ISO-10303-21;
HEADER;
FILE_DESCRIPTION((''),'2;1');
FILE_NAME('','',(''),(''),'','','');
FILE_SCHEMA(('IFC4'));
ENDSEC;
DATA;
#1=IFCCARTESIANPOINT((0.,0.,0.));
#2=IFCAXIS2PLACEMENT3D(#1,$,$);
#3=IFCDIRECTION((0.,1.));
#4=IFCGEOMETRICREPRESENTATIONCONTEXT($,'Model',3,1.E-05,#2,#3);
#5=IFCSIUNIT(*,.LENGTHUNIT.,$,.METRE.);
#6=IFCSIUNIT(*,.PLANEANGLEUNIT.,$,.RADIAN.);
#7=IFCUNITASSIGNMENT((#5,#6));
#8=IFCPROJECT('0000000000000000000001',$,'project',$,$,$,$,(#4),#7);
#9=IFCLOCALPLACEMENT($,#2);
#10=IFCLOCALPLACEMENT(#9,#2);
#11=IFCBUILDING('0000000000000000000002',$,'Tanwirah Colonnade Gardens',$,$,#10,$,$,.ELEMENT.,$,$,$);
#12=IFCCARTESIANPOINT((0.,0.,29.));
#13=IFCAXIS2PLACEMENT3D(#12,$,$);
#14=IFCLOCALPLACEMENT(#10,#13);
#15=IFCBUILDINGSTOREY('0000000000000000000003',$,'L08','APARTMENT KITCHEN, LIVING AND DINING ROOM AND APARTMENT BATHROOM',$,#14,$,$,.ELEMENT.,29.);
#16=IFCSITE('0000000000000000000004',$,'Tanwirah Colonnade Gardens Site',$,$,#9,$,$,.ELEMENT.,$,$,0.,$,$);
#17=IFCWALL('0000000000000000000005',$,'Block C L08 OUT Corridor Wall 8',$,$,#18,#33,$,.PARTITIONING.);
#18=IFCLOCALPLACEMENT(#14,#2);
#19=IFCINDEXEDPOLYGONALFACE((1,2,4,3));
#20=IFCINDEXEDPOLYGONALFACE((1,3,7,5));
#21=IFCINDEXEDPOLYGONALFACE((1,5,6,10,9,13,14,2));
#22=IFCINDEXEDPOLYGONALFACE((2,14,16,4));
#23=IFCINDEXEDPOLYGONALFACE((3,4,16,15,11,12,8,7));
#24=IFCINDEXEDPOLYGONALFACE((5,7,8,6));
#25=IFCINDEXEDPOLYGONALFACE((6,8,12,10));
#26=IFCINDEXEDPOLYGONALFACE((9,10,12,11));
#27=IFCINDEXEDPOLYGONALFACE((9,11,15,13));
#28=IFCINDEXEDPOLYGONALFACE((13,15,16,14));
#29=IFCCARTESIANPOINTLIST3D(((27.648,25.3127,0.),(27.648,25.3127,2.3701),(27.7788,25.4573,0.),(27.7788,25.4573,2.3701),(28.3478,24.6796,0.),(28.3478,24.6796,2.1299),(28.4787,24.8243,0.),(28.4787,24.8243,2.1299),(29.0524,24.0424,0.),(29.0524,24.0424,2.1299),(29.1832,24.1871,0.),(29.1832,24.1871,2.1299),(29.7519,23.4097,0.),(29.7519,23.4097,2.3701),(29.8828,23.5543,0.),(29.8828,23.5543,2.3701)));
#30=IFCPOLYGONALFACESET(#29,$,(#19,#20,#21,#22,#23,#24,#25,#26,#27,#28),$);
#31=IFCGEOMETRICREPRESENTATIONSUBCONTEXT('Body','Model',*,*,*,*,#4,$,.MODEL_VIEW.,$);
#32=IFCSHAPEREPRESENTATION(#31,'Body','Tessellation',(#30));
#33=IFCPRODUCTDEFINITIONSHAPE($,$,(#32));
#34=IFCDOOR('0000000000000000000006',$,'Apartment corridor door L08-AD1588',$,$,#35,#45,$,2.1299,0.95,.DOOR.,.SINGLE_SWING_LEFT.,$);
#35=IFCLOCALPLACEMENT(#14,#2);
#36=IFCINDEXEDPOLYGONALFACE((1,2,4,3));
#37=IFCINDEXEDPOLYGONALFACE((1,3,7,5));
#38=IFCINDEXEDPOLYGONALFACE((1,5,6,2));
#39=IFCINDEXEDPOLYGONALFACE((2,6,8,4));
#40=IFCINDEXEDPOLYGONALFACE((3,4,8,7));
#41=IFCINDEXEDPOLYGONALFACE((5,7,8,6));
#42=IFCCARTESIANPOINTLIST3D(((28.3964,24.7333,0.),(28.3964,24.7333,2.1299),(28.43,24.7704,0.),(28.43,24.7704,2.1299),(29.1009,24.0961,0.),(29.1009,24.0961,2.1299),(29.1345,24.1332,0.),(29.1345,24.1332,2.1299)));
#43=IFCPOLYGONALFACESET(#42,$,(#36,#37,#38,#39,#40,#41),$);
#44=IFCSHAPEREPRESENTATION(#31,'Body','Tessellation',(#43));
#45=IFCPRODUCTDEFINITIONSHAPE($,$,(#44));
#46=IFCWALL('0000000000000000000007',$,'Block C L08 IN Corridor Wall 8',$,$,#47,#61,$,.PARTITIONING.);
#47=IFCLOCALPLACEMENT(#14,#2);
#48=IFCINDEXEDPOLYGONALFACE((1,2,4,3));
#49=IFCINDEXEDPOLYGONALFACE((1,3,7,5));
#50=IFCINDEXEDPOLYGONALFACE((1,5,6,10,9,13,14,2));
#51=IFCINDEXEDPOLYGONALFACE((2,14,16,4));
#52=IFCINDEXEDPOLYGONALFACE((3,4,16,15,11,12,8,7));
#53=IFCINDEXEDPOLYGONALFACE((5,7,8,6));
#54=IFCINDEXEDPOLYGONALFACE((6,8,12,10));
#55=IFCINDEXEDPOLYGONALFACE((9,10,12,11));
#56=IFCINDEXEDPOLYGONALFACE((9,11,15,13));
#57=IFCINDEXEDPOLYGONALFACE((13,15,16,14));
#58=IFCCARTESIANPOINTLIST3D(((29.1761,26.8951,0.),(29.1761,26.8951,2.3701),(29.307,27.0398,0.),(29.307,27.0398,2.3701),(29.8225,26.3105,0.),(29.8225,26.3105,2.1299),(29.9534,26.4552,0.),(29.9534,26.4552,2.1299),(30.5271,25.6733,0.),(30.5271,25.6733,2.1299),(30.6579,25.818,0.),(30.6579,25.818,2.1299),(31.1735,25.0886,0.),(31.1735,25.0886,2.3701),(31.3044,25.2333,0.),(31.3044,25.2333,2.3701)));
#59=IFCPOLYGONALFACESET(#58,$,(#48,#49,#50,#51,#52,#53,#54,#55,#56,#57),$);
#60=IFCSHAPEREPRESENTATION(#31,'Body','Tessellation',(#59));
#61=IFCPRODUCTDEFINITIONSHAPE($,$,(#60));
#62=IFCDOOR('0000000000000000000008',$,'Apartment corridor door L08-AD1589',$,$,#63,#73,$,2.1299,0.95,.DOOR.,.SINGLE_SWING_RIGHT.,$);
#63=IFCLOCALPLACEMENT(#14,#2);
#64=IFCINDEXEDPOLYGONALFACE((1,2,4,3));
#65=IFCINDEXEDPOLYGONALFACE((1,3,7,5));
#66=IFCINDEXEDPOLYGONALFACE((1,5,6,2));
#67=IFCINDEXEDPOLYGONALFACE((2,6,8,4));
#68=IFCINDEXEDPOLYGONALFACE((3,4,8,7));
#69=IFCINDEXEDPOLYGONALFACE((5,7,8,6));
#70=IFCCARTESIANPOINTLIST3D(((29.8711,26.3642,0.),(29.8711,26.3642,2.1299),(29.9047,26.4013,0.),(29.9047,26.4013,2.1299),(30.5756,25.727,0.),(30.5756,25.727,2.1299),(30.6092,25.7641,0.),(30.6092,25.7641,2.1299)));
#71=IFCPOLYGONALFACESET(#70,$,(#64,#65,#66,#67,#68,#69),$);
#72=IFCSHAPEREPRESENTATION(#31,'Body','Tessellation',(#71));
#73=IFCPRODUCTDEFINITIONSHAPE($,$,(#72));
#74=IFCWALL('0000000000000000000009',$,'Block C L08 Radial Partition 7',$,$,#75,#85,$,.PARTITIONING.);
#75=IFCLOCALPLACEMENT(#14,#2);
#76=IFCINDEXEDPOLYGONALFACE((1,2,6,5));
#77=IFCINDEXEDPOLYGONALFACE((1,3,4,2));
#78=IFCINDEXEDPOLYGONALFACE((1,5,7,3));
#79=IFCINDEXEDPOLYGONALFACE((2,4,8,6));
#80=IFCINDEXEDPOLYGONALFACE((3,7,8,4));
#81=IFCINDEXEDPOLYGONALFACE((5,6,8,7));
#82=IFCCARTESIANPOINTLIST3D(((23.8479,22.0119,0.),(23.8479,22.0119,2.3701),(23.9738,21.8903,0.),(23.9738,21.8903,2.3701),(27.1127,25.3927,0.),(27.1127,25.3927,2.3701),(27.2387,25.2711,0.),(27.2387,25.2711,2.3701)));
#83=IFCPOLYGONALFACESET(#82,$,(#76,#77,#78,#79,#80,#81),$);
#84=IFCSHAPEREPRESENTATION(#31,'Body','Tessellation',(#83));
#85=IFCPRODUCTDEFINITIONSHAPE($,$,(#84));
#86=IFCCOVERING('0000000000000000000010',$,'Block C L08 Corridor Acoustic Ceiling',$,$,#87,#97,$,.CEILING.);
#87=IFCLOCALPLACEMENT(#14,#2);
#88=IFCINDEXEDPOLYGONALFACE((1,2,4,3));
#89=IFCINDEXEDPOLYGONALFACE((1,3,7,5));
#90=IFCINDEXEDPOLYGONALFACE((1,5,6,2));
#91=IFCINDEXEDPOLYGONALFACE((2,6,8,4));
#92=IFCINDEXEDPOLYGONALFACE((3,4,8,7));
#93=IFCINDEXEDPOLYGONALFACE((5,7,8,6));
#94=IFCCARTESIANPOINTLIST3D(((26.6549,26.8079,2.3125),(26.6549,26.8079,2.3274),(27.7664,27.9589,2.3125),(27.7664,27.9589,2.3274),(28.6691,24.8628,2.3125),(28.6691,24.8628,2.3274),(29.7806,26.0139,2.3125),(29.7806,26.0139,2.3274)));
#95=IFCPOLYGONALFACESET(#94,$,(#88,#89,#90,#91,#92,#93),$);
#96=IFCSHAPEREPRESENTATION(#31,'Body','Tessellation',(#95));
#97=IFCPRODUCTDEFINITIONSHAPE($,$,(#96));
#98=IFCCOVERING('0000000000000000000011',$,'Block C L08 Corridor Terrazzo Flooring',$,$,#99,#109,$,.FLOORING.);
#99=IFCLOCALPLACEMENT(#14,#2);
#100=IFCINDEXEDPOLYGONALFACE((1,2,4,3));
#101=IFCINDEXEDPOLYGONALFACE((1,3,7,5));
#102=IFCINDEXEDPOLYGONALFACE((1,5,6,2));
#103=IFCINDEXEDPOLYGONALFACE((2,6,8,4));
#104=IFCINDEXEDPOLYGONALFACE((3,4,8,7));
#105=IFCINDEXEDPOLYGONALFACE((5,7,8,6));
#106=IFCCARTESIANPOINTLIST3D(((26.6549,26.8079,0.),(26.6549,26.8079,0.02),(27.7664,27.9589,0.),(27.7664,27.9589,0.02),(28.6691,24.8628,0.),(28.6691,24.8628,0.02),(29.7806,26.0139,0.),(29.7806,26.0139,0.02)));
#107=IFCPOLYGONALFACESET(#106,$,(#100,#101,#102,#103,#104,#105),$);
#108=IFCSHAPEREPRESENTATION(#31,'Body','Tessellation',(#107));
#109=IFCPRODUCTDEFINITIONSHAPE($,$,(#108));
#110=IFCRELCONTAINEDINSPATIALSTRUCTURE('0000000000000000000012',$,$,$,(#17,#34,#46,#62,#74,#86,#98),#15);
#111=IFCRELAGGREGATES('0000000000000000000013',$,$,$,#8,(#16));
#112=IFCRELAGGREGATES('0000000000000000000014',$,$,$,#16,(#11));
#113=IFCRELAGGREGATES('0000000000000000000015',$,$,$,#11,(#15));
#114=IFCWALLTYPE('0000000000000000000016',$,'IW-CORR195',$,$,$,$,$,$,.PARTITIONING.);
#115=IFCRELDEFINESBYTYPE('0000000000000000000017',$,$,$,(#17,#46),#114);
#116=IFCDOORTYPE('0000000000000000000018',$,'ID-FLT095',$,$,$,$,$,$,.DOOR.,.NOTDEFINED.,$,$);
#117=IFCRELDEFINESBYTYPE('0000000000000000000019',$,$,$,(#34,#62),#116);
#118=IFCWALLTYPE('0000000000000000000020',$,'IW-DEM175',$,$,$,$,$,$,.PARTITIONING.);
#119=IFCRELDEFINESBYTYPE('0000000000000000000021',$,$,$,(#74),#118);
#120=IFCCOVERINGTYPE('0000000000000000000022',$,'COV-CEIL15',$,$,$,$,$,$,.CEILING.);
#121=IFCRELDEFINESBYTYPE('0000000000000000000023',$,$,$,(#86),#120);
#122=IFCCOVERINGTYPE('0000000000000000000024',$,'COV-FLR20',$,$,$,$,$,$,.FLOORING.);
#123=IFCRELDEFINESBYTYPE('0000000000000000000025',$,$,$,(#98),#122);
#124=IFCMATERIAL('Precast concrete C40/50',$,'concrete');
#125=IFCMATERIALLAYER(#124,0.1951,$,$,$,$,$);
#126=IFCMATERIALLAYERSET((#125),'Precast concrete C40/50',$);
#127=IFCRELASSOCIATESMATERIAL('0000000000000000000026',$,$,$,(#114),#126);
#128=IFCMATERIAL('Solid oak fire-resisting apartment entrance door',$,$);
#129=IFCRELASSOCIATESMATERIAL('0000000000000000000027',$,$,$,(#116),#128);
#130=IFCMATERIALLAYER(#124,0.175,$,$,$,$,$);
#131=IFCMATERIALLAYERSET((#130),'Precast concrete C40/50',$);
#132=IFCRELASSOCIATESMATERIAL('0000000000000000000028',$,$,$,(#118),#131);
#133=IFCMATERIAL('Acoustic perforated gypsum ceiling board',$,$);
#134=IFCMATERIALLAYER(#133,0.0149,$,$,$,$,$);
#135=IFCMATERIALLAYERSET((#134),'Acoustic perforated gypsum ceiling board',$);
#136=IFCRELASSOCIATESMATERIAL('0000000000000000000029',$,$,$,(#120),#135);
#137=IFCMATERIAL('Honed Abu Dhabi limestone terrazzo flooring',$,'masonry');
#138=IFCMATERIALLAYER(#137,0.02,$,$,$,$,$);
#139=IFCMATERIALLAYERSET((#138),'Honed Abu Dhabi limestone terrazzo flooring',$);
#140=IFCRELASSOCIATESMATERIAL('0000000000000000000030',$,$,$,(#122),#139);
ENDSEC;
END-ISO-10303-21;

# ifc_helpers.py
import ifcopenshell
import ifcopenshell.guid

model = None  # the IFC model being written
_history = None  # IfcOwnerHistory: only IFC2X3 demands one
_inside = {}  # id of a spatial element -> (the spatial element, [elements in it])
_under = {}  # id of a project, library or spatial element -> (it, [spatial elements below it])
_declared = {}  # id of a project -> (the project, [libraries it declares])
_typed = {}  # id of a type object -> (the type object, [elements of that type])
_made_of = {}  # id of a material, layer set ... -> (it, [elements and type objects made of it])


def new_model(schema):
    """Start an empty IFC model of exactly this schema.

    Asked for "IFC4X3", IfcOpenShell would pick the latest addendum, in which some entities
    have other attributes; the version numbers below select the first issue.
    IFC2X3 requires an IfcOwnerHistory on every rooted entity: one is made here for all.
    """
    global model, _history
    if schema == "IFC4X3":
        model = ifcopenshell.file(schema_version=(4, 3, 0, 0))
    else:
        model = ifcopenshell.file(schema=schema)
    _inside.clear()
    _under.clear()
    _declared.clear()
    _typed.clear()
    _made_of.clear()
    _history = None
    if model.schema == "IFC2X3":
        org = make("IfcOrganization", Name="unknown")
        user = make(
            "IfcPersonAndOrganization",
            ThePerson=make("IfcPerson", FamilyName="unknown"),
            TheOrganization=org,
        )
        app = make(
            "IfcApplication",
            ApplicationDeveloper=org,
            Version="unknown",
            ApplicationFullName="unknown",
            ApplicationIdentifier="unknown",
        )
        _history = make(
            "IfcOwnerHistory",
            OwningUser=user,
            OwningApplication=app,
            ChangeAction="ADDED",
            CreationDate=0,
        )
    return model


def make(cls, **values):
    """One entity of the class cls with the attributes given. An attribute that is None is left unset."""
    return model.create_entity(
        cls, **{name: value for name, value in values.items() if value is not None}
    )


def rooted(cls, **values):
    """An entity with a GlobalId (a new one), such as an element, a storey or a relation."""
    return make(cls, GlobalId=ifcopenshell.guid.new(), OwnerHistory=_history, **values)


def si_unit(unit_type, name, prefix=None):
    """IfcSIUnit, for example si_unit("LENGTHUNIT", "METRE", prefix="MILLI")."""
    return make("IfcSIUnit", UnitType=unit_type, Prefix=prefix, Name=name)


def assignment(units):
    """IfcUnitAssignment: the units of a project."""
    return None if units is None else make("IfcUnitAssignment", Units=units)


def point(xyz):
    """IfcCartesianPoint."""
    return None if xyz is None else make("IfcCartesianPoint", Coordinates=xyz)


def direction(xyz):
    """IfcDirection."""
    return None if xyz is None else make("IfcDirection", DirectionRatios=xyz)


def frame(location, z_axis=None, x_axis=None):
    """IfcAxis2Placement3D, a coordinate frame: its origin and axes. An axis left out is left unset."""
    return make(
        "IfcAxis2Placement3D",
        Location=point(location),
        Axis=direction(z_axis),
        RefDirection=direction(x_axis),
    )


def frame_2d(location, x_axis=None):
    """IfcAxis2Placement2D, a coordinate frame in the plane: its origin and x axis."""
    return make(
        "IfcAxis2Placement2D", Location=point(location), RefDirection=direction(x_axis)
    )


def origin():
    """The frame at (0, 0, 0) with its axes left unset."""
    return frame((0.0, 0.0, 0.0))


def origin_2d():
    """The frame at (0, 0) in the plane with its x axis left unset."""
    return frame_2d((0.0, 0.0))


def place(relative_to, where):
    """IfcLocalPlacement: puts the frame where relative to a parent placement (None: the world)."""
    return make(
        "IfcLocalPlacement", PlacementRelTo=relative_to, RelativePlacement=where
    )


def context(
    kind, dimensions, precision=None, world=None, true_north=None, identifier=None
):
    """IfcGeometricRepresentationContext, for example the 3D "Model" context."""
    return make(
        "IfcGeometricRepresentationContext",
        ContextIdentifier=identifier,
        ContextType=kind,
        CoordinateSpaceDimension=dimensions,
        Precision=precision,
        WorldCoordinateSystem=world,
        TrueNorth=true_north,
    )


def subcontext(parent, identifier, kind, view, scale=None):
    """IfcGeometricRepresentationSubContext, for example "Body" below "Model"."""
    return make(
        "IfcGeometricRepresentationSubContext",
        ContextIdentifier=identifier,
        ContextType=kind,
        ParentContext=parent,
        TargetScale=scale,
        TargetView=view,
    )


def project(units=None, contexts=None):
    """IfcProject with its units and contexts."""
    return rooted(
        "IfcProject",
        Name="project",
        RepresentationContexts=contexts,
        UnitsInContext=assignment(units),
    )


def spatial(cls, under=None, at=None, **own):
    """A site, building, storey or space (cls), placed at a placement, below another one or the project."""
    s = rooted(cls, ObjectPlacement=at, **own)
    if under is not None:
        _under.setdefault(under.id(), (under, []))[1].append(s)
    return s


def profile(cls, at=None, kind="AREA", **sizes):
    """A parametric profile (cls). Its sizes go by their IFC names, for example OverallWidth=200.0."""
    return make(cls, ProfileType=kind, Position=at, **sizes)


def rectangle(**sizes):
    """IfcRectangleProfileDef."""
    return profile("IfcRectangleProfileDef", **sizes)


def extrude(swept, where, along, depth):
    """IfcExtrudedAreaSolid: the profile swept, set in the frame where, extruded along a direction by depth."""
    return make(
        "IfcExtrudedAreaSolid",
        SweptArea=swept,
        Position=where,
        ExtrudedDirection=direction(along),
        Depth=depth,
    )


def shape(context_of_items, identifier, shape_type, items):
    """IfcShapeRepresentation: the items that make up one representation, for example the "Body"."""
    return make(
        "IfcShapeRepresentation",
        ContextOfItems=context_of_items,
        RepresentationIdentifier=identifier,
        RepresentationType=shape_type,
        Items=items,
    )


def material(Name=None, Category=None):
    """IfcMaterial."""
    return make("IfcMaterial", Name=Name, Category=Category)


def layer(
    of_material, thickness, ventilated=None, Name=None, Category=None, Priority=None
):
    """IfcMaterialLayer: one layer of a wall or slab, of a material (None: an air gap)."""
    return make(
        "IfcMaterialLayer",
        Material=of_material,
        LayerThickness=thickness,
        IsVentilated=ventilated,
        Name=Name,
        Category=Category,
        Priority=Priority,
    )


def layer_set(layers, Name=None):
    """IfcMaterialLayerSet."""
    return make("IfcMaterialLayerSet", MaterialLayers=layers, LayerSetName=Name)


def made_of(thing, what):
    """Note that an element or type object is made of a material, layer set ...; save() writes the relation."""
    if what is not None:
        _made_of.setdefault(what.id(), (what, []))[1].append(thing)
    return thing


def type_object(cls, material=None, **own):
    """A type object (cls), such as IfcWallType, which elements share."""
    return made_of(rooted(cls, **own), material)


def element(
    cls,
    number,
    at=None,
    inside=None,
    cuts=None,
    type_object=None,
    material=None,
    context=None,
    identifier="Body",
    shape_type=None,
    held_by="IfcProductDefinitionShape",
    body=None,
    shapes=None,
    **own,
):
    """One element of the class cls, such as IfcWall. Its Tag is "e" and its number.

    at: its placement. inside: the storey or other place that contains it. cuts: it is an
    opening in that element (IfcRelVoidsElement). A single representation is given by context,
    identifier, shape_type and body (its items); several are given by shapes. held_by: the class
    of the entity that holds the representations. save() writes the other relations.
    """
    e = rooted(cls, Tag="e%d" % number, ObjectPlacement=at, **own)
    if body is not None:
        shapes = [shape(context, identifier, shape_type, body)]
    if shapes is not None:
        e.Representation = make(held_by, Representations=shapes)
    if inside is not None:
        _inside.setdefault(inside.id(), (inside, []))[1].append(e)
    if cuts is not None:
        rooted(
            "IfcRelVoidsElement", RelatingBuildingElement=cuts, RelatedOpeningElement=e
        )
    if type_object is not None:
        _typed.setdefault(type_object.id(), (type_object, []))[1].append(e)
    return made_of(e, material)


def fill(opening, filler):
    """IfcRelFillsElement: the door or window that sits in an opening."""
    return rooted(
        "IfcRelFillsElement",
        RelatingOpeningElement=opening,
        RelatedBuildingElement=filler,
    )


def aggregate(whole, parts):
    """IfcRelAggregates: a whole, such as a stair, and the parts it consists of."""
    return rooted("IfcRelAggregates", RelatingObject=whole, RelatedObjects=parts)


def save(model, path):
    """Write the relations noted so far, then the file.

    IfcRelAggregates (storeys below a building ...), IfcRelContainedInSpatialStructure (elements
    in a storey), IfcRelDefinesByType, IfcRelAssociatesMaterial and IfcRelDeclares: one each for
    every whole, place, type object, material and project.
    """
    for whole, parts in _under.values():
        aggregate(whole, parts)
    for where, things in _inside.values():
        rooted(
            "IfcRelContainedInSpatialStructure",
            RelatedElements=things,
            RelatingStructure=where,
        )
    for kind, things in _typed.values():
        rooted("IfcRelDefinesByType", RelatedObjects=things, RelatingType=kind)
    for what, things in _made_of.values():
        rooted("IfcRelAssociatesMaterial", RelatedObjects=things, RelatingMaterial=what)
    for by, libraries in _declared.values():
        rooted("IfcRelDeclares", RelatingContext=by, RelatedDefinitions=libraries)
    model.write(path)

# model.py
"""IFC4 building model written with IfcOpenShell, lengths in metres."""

from ifc_helpers import new_model, si_unit, direction, frame, frame_2d, origin, origin_2d, place, context, subcontext, project, spatial, rectangle, extrude, material, layer, layer_set, type_object, element, fill, save


model = new_model("IFC4")

# Units and contexts
model_context = context("Model", 3, precision=1e-05, world=origin(), true_north=direction((0.0, 1.0)))
body_context = subcontext(model_context, "Body", "Model", "MODEL_VIEW")
ifc_project = project(units=[si_unit("LENGTHUNIT", "METRE"), si_unit("PLANEANGLEUNIT", "RADIAN")], contexts=[model_context])

# Site, building, storey
site_placement = place(None, origin())
site = spatial("IfcSite", under=ifc_project, at=site_placement, Name="Tanwirah Colonnade Gardens Site", CompositionType="ELEMENT", RefElevation=0.0)
building_placement = place(site_placement, origin())
building = spatial("IfcBuilding", under=site, at=building_placement, Name="Tanwirah Colonnade Gardens", CompositionType="ELEMENT")
storey_placement = place(building_placement, frame((0.0, 0.0, 29.0)))
storey = spatial("IfcBuildingStorey", under=building, at=storey_placement, Name="L08", Description="APARTMENT KITCHEN, LIVING AND DINING ROOM AND APARTMENT BATHROOM", CompositionType="ELEMENT", Elevation=29.0)

# Shared definitions
ifc_material_1 = material(Name="Precast concrete C40/50", Category="concrete")

# Walls, openings, doors
ifc_layer_1 = layer(ifc_material_1, 0.1951)
ifc_layer_set_1 = layer_set([ifc_layer_1], Name="Precast concrete C40/50")
wall_type_1 = type_object("IfcWallType", Name="IW-CORR195", PredefinedType="PARTITIONING", material=ifc_layer_set_1)
ifc_material_2 = material(Name="Solid oak fire-resisting apartment entrance door")
wall_1_placement = place(storey_placement, frame((27.7134, 25.385, 0.0), z_axis=(0.0, 0.0, 1.0), x_axis=(0.741632, -0.670807, 0.0)))
wall_1 = element("IfcWall", 1, at=wall_1_placement, inside=storey, type_object=wall_type_1, Name="Block C L08 OUT Corridor Wall 8", PredefinedType="PARTITIONING", context=body_context, shape_type="SweptSolid", body=[
    extrude(rectangle(XDim=2.8369, YDim=0.1951, at=frame_2d((1.4185, 0.0))), origin(), (0.0, 0.0, 1.0), 2.3701),
])
opening_1_placement = place(wall_1_placement, frame((0.9436, 0.0, 0.0)))
opening_1 = element("IfcOpeningElement", 2, at=opening_1_placement, cuts=wall_1, PredefinedType="OPENING", context=body_context, shape_type="SweptSolid", body=[
    extrude(rectangle(XDim=0.95, YDim=2.1299, at=frame_2d((0.4751, 1.0649))), frame((0.0, 0.1074, 0.0), z_axis=(0.0, -1.0, 0.0), x_axis=(1.0, 0.0, 0.0)), (0.0, 0.0, 1.0), 0.2151),
])
door_type_1 = type_object("IfcDoorType", Name="ID-FLT095", OperationType="NOTDEFINED", PredefinedType="DOOR", material=ifc_material_2)
door_1_placement = place(opening_1_placement, origin())
door_1 = element("IfcDoor", 3, at=door_1_placement, inside=storey, type_object=door_type_1, Name="Apartment corridor door L08-AD1588", OperationType="SINGLE_SWING_LEFT", OverallHeight=2.1299, OverallWidth=0.95, PredefinedType="DOOR", context=body_context, shape_type="SweptSolid", body=[
    extrude(rectangle(XDim=0.95, YDim=2.1299, at=frame_2d((0.4751, 1.0649))), frame((0.0, 0.0249, 0.0), z_axis=(0.0, -1.0, 0.0), x_axis=(1.0, 0.0, 0.0)), (0.0, 0.0, 1.0), 0.05),
])
fill(opening_1, door_1)
wall_2_placement = place(storey_placement, frame((29.2415, 26.9675, 0.0), z_axis=(0.0, 0.0, 1.0), x_axis=(0.741665, -0.670771, 0.0)))
wall_2 = element("IfcWall", 4, at=wall_2_placement, inside=storey, type_object=wall_type_1, Name="Block C L08 IN Corridor Wall 8", PredefinedType="PARTITIONING", context=body_context, shape_type="SweptSolid", body=[
    extrude(rectangle(XDim=2.6931, YDim=0.1951, at=frame_2d((1.3467, 0.0))), origin(), (0.0, 0.0, 1.0), 2.3701),
])
opening_2_placement = place(wall_2_placement, frame((0.8716, 0.0, 0.0)))
opening_2 = element("IfcOpeningElement", 5, at=opening_2_placement, cuts=wall_2, PredefinedType="OPENING", context=body_context, shape_type="SweptSolid", body=[
    extrude(rectangle(XDim=0.95, YDim=2.1299, at=frame_2d((0.4751, 1.0649))), frame((0.0, 0.1074, 0.0), z_axis=(0.0, -1.0, 0.0), x_axis=(1.0, 0.0, 0.0)), (0.0, 0.0, 1.0), 0.2151),
])
door_2_placement = place(opening_2_placement, origin())
door_2 = element("IfcDoor", 6, at=door_2_placement, inside=storey, type_object=door_type_1, Name="Apartment corridor door L08-AD1589", OperationType="SINGLE_SWING_RIGHT", OverallHeight=2.1299, OverallWidth=0.95, PredefinedType="DOOR", context=body_context, shape_type="SweptSolid", body=[
    extrude(rectangle(XDim=0.95, YDim=2.1299, at=frame_2d((0.4751, 1.0649))), frame((0.0, 0.0249, 0.0), z_axis=(0.0, -1.0, 0.0), x_axis=(1.0, 0.0, 0.0)), (0.0, 0.0, 1.0), 0.05),
])
fill(opening_2, door_2)

# Wall
ifc_layer_2 = layer(ifc_material_1, 0.175)
ifc_layer_set_2 = layer_set([ifc_layer_2], Name="Precast concrete C40/50")
wall_type_2 = type_object("IfcWallType", Name="IW-DEM175", PredefinedType="PARTITIONING", material=ifc_layer_set_2)
wall_3_placement = place(storey_placement, frame((27.1758, 25.332, 0.0), z_axis=(0.0, 0.0, 1.0), x_axis=(-0.694662, -0.719336, 0.0)))
element("IfcWall", 7, at=wall_3_placement, inside=storey, type_object=wall_type_2, Name="Block C L08 Radial Partition 7", PredefinedType="PARTITIONING", context=body_context, shape_type="SweptSolid", body=[
    extrude(rectangle(XDim=4.7, YDim=0.175, at=frame_2d((2.3501, 0.0))), origin(), (0.0, 0.0, 1.0), 2.3701),
])

# Coverings
ifc_material_3 = material(Name="Acoustic perforated gypsum ceiling board")
ifc_layer_3 = layer(ifc_material_3, 0.0149)
ifc_layer_set_3 = layer_set([ifc_layer_3], Name="Acoustic perforated gypsum ceiling board")
covering_type_1 = type_object("IfcCoveringType", Name="COV-CEIL15", PredefinedType="CEILING", material=ifc_layer_set_3)
covering_1_placement = place(storey_placement, frame((28.2178, 26.4109, 2.3125), z_axis=(0.0, 0.0, 1.0), x_axis=(0.71934, -0.694658, 0.0)))
element("IfcCovering", 8, at=covering_1_placement, inside=storey, type_object=covering_type_1, Name="Block C L08 Corridor Acoustic Ceiling", PredefinedType="CEILING", context=body_context, shape_type="SweptSolid", body=[
    extrude(rectangle(XDim=2.8, YDim=1.6001, at=origin_2d()), origin(), (0.0, 0.0, 1.0), 0.0149),
])
ifc_material_4 = material(Name="Honed Abu Dhabi limestone terrazzo flooring", Category="masonry")
ifc_layer_4 = layer(ifc_material_4, 0.02)
ifc_layer_set_4 = layer_set([ifc_layer_4], Name="Honed Abu Dhabi limestone terrazzo flooring")
covering_type_2 = type_object("IfcCoveringType", Name="COV-FLR20", PredefinedType="FLOORING", material=ifc_layer_set_4)
covering_2_placement = place(storey_placement, frame((28.2178, 26.4109, 0.0), z_axis=(0.0, 0.0, 1.0), x_axis=(0.71934, -0.694658, 0.0)))
element("IfcCovering", 9, at=covering_2_placement, inside=storey, type_object=covering_type_2, Name="Block C L08 Corridor Terrazzo Flooring", PredefinedType="FLOORING", context=body_context, shape_type="SweptSolid", body=[
    extrude(rectangle(XDim=2.8, YDim=1.6001, at=origin_2d()), origin(), (0.0, 0.0, 1.0), 0.02),
])

save(model, "model.ifc")
